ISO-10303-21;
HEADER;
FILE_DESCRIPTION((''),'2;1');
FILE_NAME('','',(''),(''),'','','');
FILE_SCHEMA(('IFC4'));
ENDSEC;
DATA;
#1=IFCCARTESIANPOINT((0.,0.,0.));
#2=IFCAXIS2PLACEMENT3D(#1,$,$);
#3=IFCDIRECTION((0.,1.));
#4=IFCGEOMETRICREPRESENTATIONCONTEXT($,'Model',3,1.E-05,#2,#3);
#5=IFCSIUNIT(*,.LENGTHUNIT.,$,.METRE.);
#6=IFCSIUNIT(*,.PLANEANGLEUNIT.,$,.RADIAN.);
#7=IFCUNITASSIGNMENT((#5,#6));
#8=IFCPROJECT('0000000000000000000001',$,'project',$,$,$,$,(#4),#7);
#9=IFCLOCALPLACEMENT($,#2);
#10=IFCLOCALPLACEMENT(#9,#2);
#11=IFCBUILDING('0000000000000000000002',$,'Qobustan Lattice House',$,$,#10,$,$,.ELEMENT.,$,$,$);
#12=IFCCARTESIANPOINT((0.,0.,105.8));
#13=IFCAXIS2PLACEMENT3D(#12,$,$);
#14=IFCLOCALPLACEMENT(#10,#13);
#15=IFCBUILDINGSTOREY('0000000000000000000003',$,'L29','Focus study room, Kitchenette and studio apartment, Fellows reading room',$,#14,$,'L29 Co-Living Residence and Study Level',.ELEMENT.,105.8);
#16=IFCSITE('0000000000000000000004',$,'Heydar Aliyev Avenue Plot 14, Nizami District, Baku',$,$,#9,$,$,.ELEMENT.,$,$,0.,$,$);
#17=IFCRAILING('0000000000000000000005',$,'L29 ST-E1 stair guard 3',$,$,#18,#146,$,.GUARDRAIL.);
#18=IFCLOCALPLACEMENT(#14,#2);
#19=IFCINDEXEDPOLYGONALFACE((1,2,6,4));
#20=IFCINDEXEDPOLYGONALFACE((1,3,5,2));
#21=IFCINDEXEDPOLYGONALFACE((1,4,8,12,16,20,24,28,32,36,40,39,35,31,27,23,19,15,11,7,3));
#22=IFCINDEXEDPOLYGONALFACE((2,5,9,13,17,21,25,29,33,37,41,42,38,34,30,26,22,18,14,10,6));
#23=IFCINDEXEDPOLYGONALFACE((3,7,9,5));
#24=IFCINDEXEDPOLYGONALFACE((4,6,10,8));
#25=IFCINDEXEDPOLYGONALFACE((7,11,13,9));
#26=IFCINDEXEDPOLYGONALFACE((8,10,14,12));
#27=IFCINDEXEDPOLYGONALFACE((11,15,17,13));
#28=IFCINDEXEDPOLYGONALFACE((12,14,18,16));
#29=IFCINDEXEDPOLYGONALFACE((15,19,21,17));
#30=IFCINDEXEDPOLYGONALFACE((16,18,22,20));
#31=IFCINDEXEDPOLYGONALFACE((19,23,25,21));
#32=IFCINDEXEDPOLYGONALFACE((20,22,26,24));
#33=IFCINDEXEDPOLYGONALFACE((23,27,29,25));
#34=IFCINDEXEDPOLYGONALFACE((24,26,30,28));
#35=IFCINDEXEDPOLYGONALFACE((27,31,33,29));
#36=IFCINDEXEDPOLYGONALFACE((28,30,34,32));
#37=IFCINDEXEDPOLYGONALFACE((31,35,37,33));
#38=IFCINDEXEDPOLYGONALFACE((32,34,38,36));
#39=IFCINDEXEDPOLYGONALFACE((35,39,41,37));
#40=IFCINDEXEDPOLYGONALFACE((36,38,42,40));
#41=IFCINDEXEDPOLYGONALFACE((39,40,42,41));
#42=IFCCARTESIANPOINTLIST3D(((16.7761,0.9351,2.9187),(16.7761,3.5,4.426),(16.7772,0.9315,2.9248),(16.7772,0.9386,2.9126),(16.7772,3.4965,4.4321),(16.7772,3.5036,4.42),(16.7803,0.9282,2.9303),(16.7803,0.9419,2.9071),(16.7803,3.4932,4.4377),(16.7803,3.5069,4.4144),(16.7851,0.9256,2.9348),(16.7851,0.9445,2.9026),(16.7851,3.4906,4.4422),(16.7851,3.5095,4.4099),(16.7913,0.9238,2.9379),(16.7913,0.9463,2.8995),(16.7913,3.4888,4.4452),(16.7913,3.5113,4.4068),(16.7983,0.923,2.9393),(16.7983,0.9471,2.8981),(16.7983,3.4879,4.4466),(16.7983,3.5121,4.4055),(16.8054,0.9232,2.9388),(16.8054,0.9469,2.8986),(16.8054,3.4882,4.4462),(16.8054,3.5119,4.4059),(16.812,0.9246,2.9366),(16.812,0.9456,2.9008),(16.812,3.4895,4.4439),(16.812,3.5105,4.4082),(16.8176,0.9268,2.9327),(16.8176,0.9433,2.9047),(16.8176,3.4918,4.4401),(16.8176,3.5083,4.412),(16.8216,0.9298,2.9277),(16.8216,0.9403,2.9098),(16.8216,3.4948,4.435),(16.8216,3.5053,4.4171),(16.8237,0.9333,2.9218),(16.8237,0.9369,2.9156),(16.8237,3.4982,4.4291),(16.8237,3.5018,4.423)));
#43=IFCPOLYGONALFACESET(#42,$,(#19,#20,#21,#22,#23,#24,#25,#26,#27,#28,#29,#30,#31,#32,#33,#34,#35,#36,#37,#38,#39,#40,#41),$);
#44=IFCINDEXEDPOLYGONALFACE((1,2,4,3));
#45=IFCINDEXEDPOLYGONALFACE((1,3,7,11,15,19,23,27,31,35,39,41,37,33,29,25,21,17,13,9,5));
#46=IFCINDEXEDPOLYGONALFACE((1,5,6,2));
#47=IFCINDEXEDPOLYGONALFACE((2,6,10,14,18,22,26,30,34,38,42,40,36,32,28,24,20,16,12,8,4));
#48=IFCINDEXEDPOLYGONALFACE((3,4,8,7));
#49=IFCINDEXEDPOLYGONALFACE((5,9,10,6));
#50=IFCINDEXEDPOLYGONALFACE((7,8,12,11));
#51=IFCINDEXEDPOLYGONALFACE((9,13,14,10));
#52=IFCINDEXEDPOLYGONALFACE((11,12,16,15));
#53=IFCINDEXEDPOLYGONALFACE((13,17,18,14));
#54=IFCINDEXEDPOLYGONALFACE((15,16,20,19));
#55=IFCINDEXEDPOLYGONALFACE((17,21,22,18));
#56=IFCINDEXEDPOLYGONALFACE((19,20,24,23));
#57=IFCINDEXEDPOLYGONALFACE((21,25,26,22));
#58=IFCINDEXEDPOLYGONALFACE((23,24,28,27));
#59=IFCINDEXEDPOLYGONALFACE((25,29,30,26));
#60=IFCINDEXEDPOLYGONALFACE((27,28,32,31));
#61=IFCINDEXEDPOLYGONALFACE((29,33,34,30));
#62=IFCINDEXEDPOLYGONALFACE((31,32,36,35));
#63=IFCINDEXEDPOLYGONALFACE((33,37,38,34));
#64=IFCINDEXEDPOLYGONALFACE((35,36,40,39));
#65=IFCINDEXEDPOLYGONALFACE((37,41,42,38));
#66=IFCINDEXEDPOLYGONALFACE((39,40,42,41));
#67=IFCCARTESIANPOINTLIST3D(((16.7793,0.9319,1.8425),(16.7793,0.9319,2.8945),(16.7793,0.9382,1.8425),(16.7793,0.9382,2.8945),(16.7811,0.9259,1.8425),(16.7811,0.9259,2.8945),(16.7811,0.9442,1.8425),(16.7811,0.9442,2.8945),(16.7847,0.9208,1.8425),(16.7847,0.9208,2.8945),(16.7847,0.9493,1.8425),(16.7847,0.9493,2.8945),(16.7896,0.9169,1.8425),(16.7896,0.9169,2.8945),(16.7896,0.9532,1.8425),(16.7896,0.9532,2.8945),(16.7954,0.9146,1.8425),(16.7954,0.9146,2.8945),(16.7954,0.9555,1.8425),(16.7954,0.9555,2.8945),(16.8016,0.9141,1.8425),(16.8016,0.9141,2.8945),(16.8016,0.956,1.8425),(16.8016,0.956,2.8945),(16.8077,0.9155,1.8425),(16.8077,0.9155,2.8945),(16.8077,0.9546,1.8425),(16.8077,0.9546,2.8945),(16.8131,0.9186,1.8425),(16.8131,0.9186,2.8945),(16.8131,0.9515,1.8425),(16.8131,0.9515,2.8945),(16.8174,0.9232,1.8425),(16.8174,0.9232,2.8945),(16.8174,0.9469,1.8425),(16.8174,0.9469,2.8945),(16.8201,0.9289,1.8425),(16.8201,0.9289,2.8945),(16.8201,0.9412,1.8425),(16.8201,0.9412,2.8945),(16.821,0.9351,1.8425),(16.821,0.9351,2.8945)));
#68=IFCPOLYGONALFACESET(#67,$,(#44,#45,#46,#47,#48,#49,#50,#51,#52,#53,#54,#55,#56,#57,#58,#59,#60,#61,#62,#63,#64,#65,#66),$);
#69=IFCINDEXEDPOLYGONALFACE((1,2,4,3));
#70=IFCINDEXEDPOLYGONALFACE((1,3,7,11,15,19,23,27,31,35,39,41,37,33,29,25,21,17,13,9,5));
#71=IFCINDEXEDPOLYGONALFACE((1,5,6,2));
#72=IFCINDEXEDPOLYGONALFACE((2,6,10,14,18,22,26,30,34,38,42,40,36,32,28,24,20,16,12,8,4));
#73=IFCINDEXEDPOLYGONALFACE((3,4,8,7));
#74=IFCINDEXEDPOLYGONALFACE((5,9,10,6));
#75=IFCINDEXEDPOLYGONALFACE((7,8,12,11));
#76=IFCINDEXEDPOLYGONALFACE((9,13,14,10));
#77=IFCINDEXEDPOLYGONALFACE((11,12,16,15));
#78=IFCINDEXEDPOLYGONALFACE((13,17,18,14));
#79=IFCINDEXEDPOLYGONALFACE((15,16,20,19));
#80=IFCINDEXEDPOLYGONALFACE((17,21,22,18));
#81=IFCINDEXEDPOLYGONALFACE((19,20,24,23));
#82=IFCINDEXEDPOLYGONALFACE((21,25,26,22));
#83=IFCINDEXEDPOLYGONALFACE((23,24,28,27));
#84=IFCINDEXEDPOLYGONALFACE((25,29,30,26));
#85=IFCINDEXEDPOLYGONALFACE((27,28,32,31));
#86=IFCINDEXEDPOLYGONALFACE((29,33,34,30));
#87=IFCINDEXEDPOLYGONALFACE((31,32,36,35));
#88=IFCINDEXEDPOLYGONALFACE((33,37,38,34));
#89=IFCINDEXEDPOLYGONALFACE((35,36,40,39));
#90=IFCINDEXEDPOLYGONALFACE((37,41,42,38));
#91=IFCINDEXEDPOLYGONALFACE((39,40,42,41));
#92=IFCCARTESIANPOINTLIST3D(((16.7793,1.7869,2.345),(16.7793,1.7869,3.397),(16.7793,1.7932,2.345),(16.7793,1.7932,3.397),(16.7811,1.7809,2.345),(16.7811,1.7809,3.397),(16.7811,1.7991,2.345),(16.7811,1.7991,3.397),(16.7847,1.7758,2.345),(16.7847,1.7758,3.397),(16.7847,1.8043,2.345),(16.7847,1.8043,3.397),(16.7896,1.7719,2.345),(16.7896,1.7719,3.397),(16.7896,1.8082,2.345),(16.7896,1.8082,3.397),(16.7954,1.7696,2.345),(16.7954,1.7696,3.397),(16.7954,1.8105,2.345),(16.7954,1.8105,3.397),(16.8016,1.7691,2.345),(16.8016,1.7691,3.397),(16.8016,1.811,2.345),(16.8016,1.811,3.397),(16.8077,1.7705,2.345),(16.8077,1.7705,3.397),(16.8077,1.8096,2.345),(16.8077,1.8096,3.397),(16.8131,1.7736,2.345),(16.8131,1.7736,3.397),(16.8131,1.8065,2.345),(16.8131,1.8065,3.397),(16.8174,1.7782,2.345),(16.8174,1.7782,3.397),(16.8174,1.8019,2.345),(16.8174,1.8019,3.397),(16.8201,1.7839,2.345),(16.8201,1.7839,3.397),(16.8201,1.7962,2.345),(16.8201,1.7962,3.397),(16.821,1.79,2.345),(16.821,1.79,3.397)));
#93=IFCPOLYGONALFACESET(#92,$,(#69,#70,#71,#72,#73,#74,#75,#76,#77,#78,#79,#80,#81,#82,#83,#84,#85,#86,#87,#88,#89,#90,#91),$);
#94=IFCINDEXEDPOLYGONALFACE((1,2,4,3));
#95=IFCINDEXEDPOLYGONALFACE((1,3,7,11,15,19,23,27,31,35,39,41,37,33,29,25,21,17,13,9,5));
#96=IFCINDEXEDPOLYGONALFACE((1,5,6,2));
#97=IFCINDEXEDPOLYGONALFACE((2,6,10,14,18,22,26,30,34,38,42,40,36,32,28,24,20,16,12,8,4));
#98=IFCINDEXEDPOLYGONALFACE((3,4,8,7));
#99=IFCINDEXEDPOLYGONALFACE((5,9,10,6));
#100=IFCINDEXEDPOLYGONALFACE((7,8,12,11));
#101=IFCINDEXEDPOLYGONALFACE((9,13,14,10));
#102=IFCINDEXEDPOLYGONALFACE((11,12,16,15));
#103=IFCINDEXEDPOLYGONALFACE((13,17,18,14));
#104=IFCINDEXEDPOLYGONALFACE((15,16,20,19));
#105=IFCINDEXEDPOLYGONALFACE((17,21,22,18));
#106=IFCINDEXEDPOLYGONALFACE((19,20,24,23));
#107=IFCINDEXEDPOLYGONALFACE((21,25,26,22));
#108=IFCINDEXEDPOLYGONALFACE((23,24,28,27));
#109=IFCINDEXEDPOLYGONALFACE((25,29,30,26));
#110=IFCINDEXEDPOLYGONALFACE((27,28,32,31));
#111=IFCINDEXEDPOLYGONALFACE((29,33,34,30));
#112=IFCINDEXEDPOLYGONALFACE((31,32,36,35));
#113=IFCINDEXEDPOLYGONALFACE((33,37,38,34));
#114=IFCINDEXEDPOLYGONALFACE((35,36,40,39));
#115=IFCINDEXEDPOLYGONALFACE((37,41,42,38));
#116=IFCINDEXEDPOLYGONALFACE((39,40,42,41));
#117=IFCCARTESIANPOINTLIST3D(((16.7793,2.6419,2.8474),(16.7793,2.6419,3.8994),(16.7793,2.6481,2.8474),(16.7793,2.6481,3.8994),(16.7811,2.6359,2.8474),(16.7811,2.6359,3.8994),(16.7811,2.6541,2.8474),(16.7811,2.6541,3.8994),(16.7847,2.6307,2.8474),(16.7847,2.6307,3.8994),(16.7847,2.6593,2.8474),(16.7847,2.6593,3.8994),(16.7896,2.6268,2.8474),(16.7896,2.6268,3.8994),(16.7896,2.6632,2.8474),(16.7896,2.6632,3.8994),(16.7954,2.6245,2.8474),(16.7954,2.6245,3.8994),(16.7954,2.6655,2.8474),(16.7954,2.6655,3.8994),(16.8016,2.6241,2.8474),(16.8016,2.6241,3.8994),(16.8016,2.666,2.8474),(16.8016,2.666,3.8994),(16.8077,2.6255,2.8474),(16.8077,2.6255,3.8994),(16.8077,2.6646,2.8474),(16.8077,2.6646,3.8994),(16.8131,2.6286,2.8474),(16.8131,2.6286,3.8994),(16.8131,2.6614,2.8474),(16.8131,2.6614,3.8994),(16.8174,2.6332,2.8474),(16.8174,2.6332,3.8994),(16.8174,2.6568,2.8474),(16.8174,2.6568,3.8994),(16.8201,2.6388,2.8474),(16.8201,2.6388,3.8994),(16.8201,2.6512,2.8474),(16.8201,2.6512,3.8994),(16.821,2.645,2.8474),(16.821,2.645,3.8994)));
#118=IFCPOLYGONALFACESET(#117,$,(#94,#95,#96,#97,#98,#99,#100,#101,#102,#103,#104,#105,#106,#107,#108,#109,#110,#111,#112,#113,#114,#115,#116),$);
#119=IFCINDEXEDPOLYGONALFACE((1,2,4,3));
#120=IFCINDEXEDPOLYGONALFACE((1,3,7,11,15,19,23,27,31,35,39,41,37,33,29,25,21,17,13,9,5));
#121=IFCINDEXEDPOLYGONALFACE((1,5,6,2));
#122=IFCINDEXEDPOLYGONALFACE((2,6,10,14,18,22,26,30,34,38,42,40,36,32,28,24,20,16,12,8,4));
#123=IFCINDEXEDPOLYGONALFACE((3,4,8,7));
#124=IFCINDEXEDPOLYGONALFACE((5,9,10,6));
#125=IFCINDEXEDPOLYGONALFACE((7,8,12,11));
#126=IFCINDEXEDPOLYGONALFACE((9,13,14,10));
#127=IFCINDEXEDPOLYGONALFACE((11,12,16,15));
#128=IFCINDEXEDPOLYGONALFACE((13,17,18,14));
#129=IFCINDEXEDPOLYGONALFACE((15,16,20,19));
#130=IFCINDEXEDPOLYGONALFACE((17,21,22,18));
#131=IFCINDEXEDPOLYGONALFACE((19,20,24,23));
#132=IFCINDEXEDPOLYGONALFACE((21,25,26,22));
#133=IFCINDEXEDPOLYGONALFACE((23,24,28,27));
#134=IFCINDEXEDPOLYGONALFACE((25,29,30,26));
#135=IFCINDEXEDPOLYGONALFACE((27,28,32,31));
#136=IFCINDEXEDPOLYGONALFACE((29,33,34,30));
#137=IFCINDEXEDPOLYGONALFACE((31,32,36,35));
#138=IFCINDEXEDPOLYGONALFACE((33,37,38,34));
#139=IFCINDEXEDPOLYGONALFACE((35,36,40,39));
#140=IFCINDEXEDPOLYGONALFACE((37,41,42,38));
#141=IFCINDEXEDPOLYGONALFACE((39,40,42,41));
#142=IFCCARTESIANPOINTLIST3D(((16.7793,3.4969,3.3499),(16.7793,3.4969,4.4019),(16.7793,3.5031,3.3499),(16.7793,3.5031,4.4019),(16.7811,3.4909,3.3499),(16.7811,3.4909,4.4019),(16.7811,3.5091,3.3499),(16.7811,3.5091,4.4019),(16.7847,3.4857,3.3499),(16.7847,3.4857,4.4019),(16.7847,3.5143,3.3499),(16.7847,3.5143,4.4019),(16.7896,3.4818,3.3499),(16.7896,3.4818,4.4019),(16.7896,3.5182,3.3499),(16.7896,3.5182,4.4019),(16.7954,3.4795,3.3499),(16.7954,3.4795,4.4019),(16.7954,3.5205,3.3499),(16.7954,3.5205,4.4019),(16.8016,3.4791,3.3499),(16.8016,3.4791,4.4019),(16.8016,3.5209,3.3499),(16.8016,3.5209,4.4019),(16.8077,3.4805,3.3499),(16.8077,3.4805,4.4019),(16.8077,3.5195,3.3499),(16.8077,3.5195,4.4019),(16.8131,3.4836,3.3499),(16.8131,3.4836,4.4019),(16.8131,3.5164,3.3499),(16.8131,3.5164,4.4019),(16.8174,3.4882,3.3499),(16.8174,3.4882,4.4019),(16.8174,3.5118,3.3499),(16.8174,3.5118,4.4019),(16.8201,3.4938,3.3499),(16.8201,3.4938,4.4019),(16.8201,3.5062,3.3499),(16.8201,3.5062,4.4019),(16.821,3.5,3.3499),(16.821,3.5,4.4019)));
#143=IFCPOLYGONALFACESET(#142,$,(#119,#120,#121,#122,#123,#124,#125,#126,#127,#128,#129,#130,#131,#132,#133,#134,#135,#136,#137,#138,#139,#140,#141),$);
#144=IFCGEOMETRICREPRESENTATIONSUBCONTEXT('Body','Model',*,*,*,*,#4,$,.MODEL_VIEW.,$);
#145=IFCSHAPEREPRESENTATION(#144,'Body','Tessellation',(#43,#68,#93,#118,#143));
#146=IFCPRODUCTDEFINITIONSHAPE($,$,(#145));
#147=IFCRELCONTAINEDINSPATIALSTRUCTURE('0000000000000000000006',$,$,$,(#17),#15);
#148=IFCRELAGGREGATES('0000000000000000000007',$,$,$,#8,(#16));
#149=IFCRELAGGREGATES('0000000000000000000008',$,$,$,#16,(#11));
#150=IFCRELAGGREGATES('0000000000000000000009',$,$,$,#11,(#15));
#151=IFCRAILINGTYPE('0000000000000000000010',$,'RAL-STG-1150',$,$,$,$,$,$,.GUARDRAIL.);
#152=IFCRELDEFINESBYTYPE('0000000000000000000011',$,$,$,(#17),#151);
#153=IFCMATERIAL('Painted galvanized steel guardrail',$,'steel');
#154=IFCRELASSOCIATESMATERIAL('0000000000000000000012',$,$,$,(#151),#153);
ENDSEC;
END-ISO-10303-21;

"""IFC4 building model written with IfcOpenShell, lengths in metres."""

from ifc_helpers import new_model, si_unit, direction, frame, origin, origin_2d, place, context, subcontext, project, spatial, circle, extrude, material, type_object, element, save


model = new_model("IFC4")

# Units and contexts
model_context = context("Model", 3, precision=1e-05, world=origin(), true_north=direction((0.0, 1.0)))
body_context = subcontext(model_context, "Body", "Model", "MODEL_VIEW")
ifc_project = project(units=[si_unit("LENGTHUNIT", "METRE"), si_unit("PLANEANGLEUNIT", "RADIAN")], contexts=[model_context])

# Site, building, storey
site_placement = place(None, origin())
site = spatial("IfcSite", under=ifc_project, at=site_placement, Name="Heydar Aliyev Avenue Plot 14, Nizami District, Baku", CompositionType="ELEMENT", RefElevation=0.0)
building_placement = place(site_placement, origin())
building = spatial("IfcBuilding", under=site, at=building_placement, Name="Qobustan Lattice House", CompositionType="ELEMENT")
storey_placement = place(building_placement, frame((0.0, 0.0, 105.8)))
storey = spatial("IfcBuildingStorey", under=building, at=storey_placement, Name="L29", Description="Focus study room, Kitchenette and studio apartment, Fellows reading room", LongName="L29 Co-Living Residence and Study Level", CompositionType="ELEMENT", Elevation=105.8)

# Railing
ifc_material_1 = material(Name="Painted galvanized steel guardrail", Category="steel")
railing_type_1 = type_object("IfcRailingType", Name="RAL-STG-1150", PredefinedType="GUARDRAIL", material=ifc_material_1)
railing_1_placement = place(storey_placement, frame((16.8, 0.9351, 1.8425)))
element("IfcRailing", 1, at=railing_1_placement, inside=storey, type_object=railing_type_1, Name="L29 ST-E1 stair guard 3", PredefinedType="GUARDRAIL", context=body_context, shape_type="SweptSolid", body=[
    extrude(circle(Radius=0.0239, at=origin_2d()), frame((0.0, 0.0, 1.0762), z_axis=(0.0, 0.862149, 0.506654), x_axis=(-1.0, 0.0, 0.0)), (0.0, 0.0, 1.0), 2.9751),
    extrude(circle(Radius=0.021, at=origin_2d()), origin(), (0.0, 0.0, 1.0), 1.052),
    extrude(circle(Radius=0.021, at=origin_2d()), frame((0.0, 0.855, 0.5024)), (0.0, 0.0, 1.0), 1.052),
    extrude(circle(Radius=0.021, at=origin_2d()), frame((0.0, 1.71, 1.0049)), (0.0, 0.0, 1.0), 1.052),
    extrude(circle(Radius=0.021, at=origin_2d()), frame((0.0, 2.5649, 1.5073)), (0.0, 0.0, 1.0), 1.052),
])

save(model, "model.ifc")
